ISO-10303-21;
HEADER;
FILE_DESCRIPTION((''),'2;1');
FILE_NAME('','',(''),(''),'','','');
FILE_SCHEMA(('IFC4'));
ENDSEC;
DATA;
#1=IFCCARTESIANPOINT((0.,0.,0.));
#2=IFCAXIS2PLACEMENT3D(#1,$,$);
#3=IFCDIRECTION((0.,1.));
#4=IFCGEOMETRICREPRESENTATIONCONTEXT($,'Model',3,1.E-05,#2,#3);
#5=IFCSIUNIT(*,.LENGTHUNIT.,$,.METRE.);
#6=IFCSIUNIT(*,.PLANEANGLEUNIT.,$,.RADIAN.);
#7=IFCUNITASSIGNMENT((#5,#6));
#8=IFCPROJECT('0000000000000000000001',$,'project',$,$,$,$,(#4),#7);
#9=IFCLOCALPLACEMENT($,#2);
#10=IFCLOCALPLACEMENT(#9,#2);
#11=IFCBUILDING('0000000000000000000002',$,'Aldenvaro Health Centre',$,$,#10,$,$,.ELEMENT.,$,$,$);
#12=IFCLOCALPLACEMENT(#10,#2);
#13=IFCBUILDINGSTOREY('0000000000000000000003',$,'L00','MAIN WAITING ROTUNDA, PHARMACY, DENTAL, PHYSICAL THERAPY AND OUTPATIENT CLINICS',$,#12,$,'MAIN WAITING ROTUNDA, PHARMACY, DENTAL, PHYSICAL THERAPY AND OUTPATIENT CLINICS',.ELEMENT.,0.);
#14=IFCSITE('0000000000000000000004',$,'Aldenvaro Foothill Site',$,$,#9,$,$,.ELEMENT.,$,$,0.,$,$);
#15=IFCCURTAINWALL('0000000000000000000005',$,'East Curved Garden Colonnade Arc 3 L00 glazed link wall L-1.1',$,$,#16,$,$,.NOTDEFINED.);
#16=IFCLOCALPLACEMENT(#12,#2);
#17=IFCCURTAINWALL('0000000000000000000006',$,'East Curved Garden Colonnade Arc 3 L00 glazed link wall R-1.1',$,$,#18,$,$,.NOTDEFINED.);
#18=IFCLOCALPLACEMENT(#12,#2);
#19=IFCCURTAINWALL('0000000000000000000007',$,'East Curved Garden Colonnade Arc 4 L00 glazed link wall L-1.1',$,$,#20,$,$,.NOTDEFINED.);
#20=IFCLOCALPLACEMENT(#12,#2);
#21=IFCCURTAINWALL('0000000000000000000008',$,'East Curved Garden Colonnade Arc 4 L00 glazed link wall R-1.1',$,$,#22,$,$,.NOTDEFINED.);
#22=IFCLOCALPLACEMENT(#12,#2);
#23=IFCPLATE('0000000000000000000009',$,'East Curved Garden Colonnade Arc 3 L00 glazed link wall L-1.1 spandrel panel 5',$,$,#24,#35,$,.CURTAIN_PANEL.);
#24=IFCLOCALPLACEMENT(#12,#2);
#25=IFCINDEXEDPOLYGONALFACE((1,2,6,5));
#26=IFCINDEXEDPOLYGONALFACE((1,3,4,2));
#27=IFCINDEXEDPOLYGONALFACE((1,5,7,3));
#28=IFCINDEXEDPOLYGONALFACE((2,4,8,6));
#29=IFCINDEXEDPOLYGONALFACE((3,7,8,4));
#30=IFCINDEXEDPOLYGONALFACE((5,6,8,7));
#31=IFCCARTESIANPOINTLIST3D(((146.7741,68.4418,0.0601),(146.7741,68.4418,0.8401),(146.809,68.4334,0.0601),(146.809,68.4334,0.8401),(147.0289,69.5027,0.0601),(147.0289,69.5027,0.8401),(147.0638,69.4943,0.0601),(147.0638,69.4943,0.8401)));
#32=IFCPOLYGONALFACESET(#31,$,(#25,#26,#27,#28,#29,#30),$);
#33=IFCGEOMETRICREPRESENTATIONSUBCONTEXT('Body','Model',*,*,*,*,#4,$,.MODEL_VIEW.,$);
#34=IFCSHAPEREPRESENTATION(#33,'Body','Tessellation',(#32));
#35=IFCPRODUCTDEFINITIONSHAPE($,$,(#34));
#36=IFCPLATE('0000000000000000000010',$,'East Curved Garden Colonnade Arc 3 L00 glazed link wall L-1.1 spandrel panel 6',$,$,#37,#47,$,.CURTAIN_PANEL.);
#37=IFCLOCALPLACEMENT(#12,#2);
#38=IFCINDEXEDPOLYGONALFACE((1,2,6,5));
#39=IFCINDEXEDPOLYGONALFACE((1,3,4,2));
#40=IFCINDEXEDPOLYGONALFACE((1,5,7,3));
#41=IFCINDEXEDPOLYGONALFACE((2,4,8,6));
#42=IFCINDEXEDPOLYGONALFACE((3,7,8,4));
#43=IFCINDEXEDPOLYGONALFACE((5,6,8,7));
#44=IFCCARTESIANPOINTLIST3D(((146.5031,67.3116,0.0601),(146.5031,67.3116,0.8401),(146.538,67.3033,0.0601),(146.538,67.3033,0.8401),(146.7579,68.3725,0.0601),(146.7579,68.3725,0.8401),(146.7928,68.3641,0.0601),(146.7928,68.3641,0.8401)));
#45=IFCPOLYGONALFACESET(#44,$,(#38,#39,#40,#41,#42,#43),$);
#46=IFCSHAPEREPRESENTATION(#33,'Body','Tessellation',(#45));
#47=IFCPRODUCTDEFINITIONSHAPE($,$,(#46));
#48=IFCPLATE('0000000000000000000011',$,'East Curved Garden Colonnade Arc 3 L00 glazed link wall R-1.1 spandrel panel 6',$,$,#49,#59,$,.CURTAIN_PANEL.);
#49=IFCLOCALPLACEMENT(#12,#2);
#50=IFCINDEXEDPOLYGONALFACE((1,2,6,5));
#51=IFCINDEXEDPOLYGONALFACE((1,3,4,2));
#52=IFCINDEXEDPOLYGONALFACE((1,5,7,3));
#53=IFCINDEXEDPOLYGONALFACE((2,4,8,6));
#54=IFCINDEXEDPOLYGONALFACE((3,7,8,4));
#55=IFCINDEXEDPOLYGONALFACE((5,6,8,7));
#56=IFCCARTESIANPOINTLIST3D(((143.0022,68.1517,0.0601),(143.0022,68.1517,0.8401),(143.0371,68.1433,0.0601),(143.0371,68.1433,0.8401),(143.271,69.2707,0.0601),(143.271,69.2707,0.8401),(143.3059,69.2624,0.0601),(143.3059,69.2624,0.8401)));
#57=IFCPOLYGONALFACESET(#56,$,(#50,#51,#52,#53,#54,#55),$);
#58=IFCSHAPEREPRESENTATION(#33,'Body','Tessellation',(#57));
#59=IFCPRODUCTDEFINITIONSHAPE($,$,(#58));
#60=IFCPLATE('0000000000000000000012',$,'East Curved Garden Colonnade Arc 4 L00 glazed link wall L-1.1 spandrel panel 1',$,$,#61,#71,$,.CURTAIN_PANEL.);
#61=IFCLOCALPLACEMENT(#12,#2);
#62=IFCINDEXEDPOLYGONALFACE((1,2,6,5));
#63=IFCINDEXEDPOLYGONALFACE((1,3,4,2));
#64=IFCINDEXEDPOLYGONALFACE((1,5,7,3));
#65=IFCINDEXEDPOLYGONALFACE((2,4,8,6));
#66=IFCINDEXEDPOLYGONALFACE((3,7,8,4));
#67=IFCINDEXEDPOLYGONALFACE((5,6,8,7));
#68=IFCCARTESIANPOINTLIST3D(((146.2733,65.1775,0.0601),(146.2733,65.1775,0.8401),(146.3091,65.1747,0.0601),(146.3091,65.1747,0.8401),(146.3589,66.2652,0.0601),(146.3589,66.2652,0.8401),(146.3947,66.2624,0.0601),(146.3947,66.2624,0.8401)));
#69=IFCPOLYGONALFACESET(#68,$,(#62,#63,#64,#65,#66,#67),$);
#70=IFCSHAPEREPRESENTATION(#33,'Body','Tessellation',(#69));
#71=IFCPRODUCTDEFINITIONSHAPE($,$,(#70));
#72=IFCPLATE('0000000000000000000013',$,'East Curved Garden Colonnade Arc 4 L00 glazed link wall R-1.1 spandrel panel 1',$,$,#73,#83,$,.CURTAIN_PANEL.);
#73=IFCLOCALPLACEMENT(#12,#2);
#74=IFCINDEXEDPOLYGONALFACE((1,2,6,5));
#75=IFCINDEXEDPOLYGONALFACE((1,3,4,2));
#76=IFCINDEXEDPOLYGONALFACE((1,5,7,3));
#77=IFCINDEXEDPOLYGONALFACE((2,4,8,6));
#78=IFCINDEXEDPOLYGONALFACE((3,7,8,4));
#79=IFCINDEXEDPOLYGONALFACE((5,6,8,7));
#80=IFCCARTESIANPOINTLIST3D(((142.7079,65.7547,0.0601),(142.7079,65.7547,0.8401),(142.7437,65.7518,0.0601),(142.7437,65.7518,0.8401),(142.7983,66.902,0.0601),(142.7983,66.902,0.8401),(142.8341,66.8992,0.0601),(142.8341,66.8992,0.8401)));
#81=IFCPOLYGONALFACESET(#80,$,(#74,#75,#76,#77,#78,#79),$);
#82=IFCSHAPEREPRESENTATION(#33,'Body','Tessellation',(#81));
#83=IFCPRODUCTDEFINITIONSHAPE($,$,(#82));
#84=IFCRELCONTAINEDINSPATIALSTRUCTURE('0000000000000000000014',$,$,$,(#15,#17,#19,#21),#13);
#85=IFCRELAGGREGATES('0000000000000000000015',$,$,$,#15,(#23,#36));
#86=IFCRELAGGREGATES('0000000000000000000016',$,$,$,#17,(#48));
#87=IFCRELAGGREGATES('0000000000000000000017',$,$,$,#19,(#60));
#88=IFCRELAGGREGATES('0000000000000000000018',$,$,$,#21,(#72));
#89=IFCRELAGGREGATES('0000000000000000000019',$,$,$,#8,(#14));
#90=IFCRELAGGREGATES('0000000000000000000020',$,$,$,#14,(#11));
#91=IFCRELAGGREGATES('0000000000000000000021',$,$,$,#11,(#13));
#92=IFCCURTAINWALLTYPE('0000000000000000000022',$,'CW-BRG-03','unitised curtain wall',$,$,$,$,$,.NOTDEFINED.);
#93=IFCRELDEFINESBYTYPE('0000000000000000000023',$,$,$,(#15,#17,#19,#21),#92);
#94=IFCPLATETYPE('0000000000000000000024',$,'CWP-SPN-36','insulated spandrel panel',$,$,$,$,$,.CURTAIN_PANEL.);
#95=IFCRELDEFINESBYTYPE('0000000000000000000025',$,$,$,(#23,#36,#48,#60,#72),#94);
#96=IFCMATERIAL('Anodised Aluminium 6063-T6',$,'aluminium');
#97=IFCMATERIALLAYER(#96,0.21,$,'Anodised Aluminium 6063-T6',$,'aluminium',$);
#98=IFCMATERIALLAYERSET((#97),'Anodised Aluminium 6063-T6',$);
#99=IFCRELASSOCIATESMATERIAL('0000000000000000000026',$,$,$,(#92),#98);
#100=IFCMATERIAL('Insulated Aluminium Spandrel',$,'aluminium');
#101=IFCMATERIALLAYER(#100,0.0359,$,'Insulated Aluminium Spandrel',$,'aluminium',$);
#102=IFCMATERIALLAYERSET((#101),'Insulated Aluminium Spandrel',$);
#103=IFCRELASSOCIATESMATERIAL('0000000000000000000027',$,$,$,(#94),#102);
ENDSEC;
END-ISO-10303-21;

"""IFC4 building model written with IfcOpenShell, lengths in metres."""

from ifc_helpers import new_model, si_unit, direction, frame, origin, origin_2d, place, context, subcontext, project, spatial, rectangle, extrude, material, layer, layer_set, type_object, element, aggregate, save


model = new_model("IFC4")

# Units and contexts
model_context = context("Model", 3, precision=1e-05, world=origin(), true_north=direction((0.0, 1.0)))
body_context = subcontext(model_context, "Body", "Model", "MODEL_VIEW")
ifc_project = project(units=[si_unit("LENGTHUNIT", "METRE"), si_unit("PLANEANGLEUNIT", "RADIAN")], contexts=[model_context])

# Site, building, storey
site_placement = place(None, origin())
site = spatial("IfcSite", under=ifc_project, at=site_placement, Name="Aldenvaro Foothill Site", CompositionType="ELEMENT", RefElevation=0.0)
building_placement = place(site_placement, origin())
building = spatial("IfcBuilding", under=site, at=building_placement, Name="Aldenvaro Health Centre", CompositionType="ELEMENT")
storey_placement = place(building_placement, origin())
storey = spatial("IfcBuildingStorey", under=building, at=storey_placement, Name="L00", Description="MAIN WAITING ROTUNDA, PHARMACY, DENTAL, PHYSICAL THERAPY AND OUTPATIENT CLINICS", LongName="MAIN WAITING ROTUNDA, PHARMACY, DENTAL, PHYSICAL THERAPY AND OUTPATIENT CLINICS", CompositionType="ELEMENT", Elevation=0.0)

# Curtain walls
ifc_material_1 = material(Name="Anodised Aluminium 6063-T6", Category="aluminium")
ifc_layer_1 = layer(ifc_material_1, 0.21, Name="Anodised Aluminium 6063-T6", Category="aluminium")
ifc_layer_set_1 = layer_set([ifc_layer_1], Name="Anodised Aluminium 6063-T6")
curtain_wall_type = type_object("IfcCurtainWallType", Name="CW-BRG-03", Description="unitised curtain wall", PredefinedType="NOTDEFINED", material=ifc_layer_set_1)
curtain_wall_1_placement = place(storey_placement, origin())
curtain_wall_1 = element("IfcCurtainWall", 1, at=curtain_wall_1_placement, inside=storey, type_object=curtain_wall_type, Name="East Curved Garden Colonnade Arc 3 L00 glazed link wall L-1.1", PredefinedType="NOTDEFINED")
curtain_wall_2_placement = place(storey_placement, origin())
curtain_wall_2 = element("IfcCurtainWall", 2, at=curtain_wall_2_placement, inside=storey, type_object=curtain_wall_type, Name="East Curved Garden Colonnade Arc 3 L00 glazed link wall R-1.1", PredefinedType="NOTDEFINED")

# Curtain walls
curtain_wall_3_placement = place(storey_placement, origin())
curtain_wall_3 = element("IfcCurtainWall", 3, at=curtain_wall_3_placement, inside=storey, type_object=curtain_wall_type, Name="East Curved Garden Colonnade Arc 4 L00 glazed link wall L-1.1", PredefinedType="NOTDEFINED")
curtain_wall_4_placement = place(storey_placement, origin())
curtain_wall_4 = element("IfcCurtainWall", 4, at=curtain_wall_4_placement, inside=storey, type_object=curtain_wall_type, Name="East Curved Garden Colonnade Arc 4 L00 glazed link wall R-1.1", PredefinedType="NOTDEFINED")

# Plates
ifc_material_2 = material(Name="Insulated Aluminium Spandrel", Category="aluminium")
ifc_layer_2 = layer(ifc_material_2, 0.0359, Name="Insulated Aluminium Spandrel", Category="aluminium")
ifc_layer_set_2 = layer_set([ifc_layer_2], Name="Insulated Aluminium Spandrel")
plate_type_1 = type_object("IfcPlateType", Name="CWP-SPN-36", Description="insulated spandrel panel", PredefinedType="CURTAIN_PANEL", material=ifc_layer_set_2)
plate_1_placement = place(storey_placement, frame((146.9189, 68.968, 0.0601), z_axis=(0.0, 0.0, 1.0), x_axis=(-0.233541, -0.972347, 0.0)))
plate_1 = element("IfcPlate", 5, at=plate_1_placement, type_object=plate_type_1, Name="East Curved Garden Colonnade Arc 3 L00 glazed link wall L-1.1 spandrel panel 5", PredefinedType="CURTAIN_PANEL", context=body_context, shape_type="SweptSolid", body=[
    extrude(rectangle(XDim=1.0911, YDim=0.0359, at=origin_2d()), origin(), (0.0, 0.0, 1.0), 0.78),
])
plate_2_placement = place(storey_placement, frame((146.6479, 67.8379, 0.0601), z_axis=(0.0, 0.0, 1.0), x_axis=(-0.233541, -0.972347, 0.0)))
plate_2 = element("IfcPlate", 6, at=plate_2_placement, type_object=plate_type_1, Name="East Curved Garden Colonnade Arc 3 L00 glazed link wall L-1.1 spandrel panel 6", PredefinedType="CURTAIN_PANEL", context=body_context, shape_type="SweptSolid", body=[
    extrude(rectangle(XDim=1.0911, YDim=0.0359, at=origin_2d()), origin(), (0.0, 0.0, 1.0), 0.78),
])
aggregate(curtain_wall_1, [plate_1, plate_2])
plate_3_placement = place(storey_placement, frame((143.1541, 68.707, 0.0601), z_axis=(0.0, 0.0, 1.0), x_axis=(-0.233626, -0.972327, 0.0)))
plate_3 = element("IfcPlate", 7, at=plate_3_placement, type_object=plate_type_1, Name="East Curved Garden Colonnade Arc 3 L00 glazed link wall R-1.1 spandrel panel 6", PredefinedType="CURTAIN_PANEL", context=body_context, shape_type="SweptSolid", body=[
    extrude(rectangle(XDim=1.1509, YDim=0.0359, at=origin_2d()), origin(), (0.0, 0.0, 1.0), 0.78),
])
aggregate(curtain_wall_2, [plate_3])
plate_4_placement = place(storey_placement, frame((146.334, 65.72, 0.0601), z_axis=(0.0, 0.0, 1.0), x_axis=(-0.078496, -0.996914, 0.0)))
plate_4 = element("IfcPlate", 8, at=plate_4_placement, type_object=plate_type_1, Name="East Curved Garden Colonnade Arc 4 L00 glazed link wall L-1.1 spandrel panel 1", PredefinedType="CURTAIN_PANEL", context=body_context, shape_type="SweptSolid", body=[
    extrude(rectangle(XDim=1.0911, YDim=0.0359, at=origin_2d()), origin(), (0.0, 0.0, 1.0), 0.78),
])
aggregate(curtain_wall_3, [plate_4])
plate_5_placement = place(storey_placement, frame((142.771, 66.3269, 0.0601), z_axis=(0.0, 0.0, 1.0), x_axis=(-0.078513, -0.996913, 0.0)))
plate_5 = element("IfcPlate", 9, at=plate_5_placement, type_object=plate_type_1, Name="East Curved Garden Colonnade Arc 4 L00 glazed link wall R-1.1 spandrel panel 1", PredefinedType="CURTAIN_PANEL", context=body_context, shape_type="SweptSolid", body=[
    extrude(rectangle(XDim=1.1509, YDim=0.0359, at=origin_2d()), origin(), (0.0, 0.0, 1.0), 0.78),
])
aggregate(curtain_wall_4, [plate_5])

save(model, "model.ifc")
